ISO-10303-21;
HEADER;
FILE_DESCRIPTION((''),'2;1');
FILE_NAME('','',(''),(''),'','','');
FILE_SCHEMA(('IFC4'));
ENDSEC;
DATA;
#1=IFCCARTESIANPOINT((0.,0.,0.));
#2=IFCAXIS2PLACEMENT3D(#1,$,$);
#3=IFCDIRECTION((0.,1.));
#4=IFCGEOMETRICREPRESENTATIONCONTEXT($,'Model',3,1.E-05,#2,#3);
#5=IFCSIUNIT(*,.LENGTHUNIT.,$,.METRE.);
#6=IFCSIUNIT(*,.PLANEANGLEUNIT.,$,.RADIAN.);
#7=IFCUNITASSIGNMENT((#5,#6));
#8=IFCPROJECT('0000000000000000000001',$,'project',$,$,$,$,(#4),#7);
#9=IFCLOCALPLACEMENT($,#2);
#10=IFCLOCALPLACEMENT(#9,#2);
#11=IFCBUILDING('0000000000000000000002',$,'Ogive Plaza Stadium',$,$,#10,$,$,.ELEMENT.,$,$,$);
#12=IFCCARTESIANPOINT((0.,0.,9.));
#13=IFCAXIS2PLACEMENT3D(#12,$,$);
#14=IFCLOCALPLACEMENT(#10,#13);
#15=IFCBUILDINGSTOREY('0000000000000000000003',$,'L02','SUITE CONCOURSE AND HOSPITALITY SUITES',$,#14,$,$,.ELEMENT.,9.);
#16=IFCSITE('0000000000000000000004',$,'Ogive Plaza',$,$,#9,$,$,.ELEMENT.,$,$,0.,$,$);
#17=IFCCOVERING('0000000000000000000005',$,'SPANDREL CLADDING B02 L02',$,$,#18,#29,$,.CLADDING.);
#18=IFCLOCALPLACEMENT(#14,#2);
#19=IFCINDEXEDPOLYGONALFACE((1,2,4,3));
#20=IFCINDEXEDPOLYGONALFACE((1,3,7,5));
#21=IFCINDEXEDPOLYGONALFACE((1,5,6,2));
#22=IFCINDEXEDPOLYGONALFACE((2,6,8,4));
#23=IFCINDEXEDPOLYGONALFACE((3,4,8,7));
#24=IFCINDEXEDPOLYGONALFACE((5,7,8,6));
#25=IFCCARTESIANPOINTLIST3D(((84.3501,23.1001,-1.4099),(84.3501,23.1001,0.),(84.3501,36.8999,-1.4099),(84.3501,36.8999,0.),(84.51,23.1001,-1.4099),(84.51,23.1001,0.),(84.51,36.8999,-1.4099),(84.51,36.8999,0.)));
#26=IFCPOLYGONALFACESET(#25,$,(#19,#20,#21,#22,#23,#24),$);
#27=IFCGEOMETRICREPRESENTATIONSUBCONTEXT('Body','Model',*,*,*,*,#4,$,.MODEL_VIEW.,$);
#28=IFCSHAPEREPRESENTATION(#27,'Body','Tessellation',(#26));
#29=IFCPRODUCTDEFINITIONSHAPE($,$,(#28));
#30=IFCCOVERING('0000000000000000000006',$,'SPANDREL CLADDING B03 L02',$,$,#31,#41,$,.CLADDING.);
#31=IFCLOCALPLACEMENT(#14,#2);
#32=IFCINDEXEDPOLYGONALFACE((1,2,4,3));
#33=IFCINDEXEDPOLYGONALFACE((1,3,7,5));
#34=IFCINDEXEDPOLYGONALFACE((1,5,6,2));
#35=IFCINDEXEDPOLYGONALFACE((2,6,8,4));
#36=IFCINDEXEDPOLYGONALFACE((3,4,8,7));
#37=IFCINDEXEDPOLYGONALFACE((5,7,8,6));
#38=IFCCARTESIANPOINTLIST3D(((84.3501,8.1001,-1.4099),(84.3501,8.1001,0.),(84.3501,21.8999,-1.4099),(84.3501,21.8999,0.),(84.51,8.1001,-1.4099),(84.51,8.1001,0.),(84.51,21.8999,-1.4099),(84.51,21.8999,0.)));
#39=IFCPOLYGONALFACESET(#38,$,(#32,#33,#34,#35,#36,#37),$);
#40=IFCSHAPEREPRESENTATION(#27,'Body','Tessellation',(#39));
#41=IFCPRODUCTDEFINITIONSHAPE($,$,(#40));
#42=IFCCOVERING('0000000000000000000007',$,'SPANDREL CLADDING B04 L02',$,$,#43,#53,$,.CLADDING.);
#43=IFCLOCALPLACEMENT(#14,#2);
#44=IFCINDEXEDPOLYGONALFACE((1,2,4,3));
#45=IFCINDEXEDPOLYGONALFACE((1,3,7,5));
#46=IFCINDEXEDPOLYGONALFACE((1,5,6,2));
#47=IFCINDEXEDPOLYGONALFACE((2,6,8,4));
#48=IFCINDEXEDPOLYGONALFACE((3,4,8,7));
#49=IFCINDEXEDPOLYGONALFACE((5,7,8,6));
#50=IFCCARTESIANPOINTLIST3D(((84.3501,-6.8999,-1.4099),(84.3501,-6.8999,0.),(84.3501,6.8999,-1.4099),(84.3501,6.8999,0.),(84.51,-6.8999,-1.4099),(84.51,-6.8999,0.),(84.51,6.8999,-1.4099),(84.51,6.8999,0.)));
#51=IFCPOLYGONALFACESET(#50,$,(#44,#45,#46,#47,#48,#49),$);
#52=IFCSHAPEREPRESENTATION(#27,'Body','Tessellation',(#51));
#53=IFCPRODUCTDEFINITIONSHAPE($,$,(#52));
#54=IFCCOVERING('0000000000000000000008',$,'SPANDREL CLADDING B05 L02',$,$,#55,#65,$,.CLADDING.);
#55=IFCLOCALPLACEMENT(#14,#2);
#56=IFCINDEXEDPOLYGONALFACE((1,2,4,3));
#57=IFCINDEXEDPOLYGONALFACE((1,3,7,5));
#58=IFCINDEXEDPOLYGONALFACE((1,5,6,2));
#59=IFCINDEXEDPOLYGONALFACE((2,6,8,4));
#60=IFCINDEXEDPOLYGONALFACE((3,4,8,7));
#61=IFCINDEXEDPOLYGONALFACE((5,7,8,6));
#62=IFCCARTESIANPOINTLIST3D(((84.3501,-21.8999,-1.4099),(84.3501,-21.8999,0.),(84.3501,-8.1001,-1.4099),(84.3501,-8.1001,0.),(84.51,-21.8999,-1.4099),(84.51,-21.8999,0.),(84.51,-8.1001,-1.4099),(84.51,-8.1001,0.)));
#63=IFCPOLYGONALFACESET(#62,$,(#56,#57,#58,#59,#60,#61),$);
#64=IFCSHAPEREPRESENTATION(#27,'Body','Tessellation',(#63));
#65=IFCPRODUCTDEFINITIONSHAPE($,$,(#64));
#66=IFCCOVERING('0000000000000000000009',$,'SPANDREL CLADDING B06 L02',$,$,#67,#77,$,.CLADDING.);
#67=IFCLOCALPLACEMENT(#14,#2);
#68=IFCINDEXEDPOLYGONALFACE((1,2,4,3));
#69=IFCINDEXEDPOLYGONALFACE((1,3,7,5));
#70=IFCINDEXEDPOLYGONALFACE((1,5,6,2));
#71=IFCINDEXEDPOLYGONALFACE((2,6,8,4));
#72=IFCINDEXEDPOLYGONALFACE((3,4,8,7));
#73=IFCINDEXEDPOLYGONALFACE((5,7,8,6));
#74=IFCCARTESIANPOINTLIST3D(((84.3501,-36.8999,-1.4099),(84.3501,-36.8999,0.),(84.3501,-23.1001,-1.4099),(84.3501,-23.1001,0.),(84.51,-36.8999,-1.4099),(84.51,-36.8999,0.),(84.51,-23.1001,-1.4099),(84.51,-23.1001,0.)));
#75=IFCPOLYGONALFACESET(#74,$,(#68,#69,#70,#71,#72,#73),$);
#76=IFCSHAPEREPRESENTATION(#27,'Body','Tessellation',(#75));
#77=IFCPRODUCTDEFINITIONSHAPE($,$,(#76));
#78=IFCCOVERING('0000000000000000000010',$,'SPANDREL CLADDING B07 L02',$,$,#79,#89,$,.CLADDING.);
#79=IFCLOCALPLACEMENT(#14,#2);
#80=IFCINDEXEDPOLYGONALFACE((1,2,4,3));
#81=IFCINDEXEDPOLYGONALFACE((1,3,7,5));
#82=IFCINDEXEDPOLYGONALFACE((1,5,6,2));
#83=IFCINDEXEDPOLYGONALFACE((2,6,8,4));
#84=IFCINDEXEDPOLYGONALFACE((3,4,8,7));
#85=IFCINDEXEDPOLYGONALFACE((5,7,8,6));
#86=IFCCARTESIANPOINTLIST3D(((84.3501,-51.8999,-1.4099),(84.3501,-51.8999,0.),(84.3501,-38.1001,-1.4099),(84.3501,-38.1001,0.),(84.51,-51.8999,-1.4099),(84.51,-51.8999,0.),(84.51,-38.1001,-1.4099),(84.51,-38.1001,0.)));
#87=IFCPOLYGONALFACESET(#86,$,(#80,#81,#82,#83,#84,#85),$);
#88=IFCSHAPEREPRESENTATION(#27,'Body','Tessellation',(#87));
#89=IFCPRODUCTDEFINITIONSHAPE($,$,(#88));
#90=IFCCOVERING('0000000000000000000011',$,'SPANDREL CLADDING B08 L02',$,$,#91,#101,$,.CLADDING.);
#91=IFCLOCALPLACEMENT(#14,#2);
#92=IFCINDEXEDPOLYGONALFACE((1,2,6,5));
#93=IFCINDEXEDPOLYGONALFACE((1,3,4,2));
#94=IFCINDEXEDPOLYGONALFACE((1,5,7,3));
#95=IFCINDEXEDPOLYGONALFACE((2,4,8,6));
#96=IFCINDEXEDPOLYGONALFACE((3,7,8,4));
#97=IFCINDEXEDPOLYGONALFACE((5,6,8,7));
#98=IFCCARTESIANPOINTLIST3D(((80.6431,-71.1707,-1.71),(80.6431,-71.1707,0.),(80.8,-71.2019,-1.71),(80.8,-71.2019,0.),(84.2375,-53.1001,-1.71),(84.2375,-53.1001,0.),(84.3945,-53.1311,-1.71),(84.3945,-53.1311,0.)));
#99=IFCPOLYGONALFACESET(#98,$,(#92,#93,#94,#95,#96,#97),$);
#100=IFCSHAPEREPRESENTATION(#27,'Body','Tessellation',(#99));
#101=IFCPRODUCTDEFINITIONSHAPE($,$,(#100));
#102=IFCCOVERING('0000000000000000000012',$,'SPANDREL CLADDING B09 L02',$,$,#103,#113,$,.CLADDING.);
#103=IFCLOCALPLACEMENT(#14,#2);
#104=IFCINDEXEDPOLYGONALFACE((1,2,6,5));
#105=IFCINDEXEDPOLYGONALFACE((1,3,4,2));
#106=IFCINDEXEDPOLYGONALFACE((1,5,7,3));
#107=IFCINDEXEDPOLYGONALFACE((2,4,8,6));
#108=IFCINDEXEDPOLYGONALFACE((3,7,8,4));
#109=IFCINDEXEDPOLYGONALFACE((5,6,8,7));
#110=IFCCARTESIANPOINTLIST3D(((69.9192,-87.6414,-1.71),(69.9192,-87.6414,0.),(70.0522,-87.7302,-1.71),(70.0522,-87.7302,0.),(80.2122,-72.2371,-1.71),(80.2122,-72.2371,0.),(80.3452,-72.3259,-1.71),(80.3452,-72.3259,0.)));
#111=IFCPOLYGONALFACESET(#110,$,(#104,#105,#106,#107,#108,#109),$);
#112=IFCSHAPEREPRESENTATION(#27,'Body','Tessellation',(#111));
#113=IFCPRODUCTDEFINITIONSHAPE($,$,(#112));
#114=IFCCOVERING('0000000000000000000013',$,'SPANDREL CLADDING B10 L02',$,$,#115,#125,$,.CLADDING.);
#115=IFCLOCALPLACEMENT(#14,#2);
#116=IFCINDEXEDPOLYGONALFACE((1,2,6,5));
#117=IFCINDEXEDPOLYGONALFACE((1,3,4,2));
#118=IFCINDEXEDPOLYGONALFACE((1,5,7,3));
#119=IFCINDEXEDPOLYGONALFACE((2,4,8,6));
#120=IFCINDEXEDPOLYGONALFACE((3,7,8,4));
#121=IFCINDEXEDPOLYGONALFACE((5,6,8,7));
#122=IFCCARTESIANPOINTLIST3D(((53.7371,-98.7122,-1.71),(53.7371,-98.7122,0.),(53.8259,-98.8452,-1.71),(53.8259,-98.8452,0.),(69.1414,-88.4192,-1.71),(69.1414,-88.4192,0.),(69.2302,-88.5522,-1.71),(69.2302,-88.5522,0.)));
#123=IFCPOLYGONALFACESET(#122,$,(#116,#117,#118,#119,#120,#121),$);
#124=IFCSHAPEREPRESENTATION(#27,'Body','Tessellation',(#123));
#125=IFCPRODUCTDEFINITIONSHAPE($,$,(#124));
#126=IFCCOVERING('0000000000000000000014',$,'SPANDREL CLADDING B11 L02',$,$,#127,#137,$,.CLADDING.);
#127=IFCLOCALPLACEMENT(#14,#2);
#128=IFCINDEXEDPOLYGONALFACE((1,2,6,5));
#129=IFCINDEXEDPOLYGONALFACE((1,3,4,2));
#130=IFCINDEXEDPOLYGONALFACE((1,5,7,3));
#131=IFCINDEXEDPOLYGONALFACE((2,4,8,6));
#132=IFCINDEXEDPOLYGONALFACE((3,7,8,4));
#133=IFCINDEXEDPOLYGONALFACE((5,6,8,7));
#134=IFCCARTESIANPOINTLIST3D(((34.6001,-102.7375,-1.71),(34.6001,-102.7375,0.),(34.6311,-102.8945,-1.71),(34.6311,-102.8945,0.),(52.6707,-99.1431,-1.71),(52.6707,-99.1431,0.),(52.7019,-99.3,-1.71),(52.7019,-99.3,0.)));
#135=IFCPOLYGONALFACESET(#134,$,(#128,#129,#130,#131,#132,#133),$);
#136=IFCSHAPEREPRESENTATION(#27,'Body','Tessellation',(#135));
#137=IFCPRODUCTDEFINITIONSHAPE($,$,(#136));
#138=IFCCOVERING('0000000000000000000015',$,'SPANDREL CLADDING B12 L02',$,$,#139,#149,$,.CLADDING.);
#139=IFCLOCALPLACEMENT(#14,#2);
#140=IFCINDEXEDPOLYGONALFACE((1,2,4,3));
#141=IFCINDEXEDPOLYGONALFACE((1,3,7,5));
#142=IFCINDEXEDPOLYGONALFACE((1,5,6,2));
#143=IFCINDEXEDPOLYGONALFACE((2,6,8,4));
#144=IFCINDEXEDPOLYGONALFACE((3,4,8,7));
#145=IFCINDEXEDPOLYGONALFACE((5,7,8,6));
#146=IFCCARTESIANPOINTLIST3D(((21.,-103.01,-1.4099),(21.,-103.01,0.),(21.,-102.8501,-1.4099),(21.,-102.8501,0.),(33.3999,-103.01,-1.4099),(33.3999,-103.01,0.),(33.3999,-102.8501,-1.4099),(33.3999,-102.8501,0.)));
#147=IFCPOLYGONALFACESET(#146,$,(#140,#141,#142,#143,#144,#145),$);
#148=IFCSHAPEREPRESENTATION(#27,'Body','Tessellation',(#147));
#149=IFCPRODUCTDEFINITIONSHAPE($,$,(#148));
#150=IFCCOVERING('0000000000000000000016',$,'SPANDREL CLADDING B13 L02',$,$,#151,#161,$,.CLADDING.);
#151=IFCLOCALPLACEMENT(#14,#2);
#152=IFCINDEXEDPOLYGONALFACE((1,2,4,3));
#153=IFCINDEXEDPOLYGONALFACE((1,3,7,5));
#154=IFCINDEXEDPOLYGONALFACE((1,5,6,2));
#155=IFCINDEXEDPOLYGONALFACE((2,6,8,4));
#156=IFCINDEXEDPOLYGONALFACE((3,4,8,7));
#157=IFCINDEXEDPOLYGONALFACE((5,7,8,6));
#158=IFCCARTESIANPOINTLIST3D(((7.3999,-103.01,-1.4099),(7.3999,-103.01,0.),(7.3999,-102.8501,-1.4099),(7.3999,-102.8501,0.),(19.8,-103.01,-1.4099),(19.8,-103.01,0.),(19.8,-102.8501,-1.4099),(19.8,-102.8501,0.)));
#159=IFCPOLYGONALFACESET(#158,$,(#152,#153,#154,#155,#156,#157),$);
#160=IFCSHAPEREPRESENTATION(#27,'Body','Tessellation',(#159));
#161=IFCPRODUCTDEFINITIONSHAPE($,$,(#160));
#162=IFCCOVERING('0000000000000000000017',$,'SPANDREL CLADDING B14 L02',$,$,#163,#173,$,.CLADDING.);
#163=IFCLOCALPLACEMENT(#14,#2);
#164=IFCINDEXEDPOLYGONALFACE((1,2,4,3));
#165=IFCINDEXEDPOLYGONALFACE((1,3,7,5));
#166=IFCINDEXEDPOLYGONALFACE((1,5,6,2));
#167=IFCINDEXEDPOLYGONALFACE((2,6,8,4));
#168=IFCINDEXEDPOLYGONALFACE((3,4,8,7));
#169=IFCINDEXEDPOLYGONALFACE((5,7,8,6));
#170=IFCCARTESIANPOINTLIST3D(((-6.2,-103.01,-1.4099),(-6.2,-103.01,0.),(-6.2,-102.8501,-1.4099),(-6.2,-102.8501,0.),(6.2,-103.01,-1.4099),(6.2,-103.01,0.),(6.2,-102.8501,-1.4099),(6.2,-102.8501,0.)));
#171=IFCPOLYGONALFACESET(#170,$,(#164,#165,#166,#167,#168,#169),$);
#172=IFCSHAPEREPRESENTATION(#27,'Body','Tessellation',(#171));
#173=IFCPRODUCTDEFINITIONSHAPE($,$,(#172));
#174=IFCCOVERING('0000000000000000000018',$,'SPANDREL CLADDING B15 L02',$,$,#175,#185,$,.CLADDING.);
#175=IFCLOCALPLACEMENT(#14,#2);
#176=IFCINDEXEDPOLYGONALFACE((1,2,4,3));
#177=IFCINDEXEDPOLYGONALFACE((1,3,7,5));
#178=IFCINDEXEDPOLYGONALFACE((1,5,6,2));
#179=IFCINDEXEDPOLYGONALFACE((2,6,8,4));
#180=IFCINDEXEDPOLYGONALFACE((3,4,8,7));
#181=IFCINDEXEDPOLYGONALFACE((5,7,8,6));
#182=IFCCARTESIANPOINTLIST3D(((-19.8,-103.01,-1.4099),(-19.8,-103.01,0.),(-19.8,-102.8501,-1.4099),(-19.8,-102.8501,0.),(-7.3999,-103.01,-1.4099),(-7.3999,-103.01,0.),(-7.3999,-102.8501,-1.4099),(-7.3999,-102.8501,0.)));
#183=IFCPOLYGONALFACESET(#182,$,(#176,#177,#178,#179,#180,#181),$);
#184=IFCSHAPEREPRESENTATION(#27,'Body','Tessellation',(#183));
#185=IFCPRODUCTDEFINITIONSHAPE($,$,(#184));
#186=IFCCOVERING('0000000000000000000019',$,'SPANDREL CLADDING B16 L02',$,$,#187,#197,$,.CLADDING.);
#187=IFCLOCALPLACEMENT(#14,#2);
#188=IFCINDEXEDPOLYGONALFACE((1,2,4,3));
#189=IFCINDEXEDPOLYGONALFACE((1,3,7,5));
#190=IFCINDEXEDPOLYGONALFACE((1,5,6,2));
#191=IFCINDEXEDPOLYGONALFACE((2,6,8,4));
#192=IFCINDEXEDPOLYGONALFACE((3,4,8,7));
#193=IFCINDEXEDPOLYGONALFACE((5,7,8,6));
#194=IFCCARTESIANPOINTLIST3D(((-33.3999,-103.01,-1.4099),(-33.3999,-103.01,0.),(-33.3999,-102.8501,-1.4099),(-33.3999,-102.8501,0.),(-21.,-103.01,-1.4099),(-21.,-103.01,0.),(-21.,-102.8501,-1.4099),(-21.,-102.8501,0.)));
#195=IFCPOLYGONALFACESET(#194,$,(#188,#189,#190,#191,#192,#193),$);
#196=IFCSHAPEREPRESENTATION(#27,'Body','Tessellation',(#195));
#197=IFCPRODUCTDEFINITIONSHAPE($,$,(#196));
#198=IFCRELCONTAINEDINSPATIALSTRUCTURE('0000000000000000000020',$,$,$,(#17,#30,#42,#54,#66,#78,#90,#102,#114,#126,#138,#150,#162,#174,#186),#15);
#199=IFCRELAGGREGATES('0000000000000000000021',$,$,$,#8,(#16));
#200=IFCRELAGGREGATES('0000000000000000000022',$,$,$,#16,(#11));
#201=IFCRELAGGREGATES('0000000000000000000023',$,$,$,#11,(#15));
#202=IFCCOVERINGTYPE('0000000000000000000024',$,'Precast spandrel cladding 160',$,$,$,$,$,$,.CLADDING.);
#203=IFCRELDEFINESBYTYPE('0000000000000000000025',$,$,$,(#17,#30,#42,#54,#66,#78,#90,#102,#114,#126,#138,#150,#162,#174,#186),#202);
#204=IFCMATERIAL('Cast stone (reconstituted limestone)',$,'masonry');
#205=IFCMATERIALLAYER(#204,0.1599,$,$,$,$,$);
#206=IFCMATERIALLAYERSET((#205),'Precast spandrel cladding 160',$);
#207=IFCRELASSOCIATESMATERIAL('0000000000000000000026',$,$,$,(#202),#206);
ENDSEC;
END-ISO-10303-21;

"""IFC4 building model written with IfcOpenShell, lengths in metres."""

from ifc_helpers import new_model, si_unit, direction, frame, origin, place, context, subcontext, project, spatial, polyline, outline, extrude, material, layer, layer_set, type_object, element, save


model = new_model("IFC4")

# Units and contexts
model_context = context("Model", 3, precision=1e-05, world=origin(), true_north=direction((0.0, 1.0)))
body_context = subcontext(model_context, "Body", "Model", "MODEL_VIEW")
ifc_project = project(units=[si_unit("LENGTHUNIT", "METRE"), si_unit("PLANEANGLEUNIT", "RADIAN")], contexts=[model_context])

# Site, building, storey
site_placement = place(None, origin())
site = spatial("IfcSite", under=ifc_project, at=site_placement, Name="Ogive Plaza", CompositionType="ELEMENT", RefElevation=0.0)
building_placement = place(site_placement, origin())
building = spatial("IfcBuilding", under=site, at=building_placement, Name="Ogive Plaza Stadium", CompositionType="ELEMENT")
storey_placement = place(building_placement, frame((0.0, 0.0, 9.0)))
storey = spatial("IfcBuildingStorey", under=building, at=storey_placement, Name="L02", Description="SUITE CONCOURSE AND HOSPITALITY SUITES", CompositionType="ELEMENT", Elevation=9.0)

# Coverings
ifc_material_1 = material(Name="Cast stone (reconstituted limestone)", Category="masonry")
ifc_layer_1 = layer(ifc_material_1, 0.1599)
ifc_layer_set_1 = layer_set([ifc_layer_1], Name="Precast spandrel cladding 160")
covering_type = type_object("IfcCoveringType", Name="Precast spandrel cladding 160", PredefinedType="CLADDING", material=ifc_layer_set_1)
covering_1_placement = place(storey_placement, frame((0.0, 0.0, -1.4099)))
element("IfcCovering", 1, at=covering_1_placement, inside=storey, type_object=covering_type, Name="SPANDREL CLADDING B02 L02", PredefinedType="CLADDING", context=body_context, shape_type="SweptSolid", body=[
    extrude(outline(polyline([(84.3501, 36.8999), (84.3501, 23.1001), (84.51, 23.1001), (84.51, 36.8999), (84.3501, 36.8999)])), origin(), (0.0, 0.0, 1.0), 1.4099),
])
covering_2_placement = place(storey_placement, frame((0.0, 0.0, -1.4099)))
element("IfcCovering", 2, at=covering_2_placement, inside=storey, type_object=covering_type, Name="SPANDREL CLADDING B03 L02", PredefinedType="CLADDING", context=body_context, shape_type="SweptSolid", body=[
    extrude(outline(polyline([(84.3501, 21.8999), (84.3501, 8.1001), (84.51, 8.1001), (84.51, 21.8999), (84.3501, 21.8999)])), origin(), (0.0, 0.0, 1.0), 1.4099),
])
covering_3_placement = place(storey_placement, frame((0.0, 0.0, -1.4099)))
element("IfcCovering", 3, at=covering_3_placement, inside=storey, type_object=covering_type, Name="SPANDREL CLADDING B04 L02", PredefinedType="CLADDING", context=body_context, shape_type="SweptSolid", body=[
    extrude(outline(polyline([(84.3501, 6.8999), (84.3501, -6.8999), (84.51, -6.8999), (84.51, 6.8999), (84.3501, 6.8999)])), origin(), (0.0, 0.0, 1.0), 1.4099),
])
covering_4_placement = place(storey_placement, frame((0.0, 0.0, -1.4099)))
element("IfcCovering", 4, at=covering_4_placement, inside=storey, type_object=covering_type, Name="SPANDREL CLADDING B05 L02", PredefinedType="CLADDING", context=body_context, shape_type="SweptSolid", body=[
    extrude(outline(polyline([(84.3501, -8.1001), (84.3501, -21.8999), (84.51, -21.8999), (84.51, -8.1001), (84.3501, -8.1001)])), origin(), (0.0, 0.0, 1.0), 1.4099),
])
covering_5_placement = place(storey_placement, frame((0.0, 0.0, -1.4099)))
element("IfcCovering", 5, at=covering_5_placement, inside=storey, type_object=covering_type, Name="SPANDREL CLADDING B06 L02", PredefinedType="CLADDING", context=body_context, shape_type="SweptSolid", body=[
    extrude(outline(polyline([(84.3501, -23.1001), (84.3501, -36.8999), (84.51, -36.8999), (84.51, -23.1001), (84.3501, -23.1001)])), origin(), (0.0, 0.0, 1.0), 1.4099),
])
covering_6_placement = place(storey_placement, frame((0.0, 0.0, -1.4099)))
element("IfcCovering", 6, at=covering_6_placement, inside=storey, type_object=covering_type, Name="SPANDREL CLADDING B07 L02", PredefinedType="CLADDING", context=body_context, shape_type="SweptSolid", body=[
    extrude(outline(polyline([(84.3501, -38.1001), (84.3501, -51.8999), (84.51, -51.8999), (84.51, -38.1001), (84.3501, -38.1001)])), origin(), (0.0, 0.0, 1.0), 1.4099),
])
covering_7_placement = place(storey_placement, frame((0.0, 0.0, -1.71)))
element("IfcCovering", 7, at=covering_7_placement, inside=storey, type_object=covering_type, Name="SPANDREL CLADDING B08 L02", PredefinedType="CLADDING", context=body_context, shape_type="SweptSolid", body=[
    extrude(outline(polyline([(84.2375, -53.1001), (80.6431, -71.1707), (80.8, -71.2019), (84.3945, -53.1311), (84.2375, -53.1001)])), origin(), (0.0, 0.0, 1.0), 1.71),
])
covering_8_placement = place(storey_placement, frame((0.0, 0.0, -1.71)))
element("IfcCovering", 8, at=covering_8_placement, inside=storey, type_object=covering_type, Name="SPANDREL CLADDING B09 L02", PredefinedType="CLADDING", context=body_context, shape_type="SweptSolid", body=[
    extrude(outline(polyline([(80.2122, -72.2371), (69.9192, -87.6414), (70.0522, -87.7302), (80.3452, -72.3259), (80.2122, -72.2371)])), origin(), (0.0, 0.0, 1.0), 1.71),
])
covering_9_placement = place(storey_placement, frame((0.0, 0.0, -1.71)))
element("IfcCovering", 9, at=covering_9_placement, inside=storey, type_object=covering_type, Name="SPANDREL CLADDING B10 L02", PredefinedType="CLADDING", context=body_context, shape_type="SweptSolid", body=[
    extrude(outline(polyline([(69.1414, -88.4192), (53.7371, -98.7122), (53.8259, -98.8452), (69.2302, -88.5522), (69.1414, -88.4192)])), origin(), (0.0, 0.0, 1.0), 1.71),
])
covering_10_placement = place(storey_placement, frame((0.0, 0.0, -1.71)))
element("IfcCovering", 10, at=covering_10_placement, inside=storey, type_object=covering_type, Name="SPANDREL CLADDING B11 L02", PredefinedType="CLADDING", context=body_context, shape_type="SweptSolid", body=[
    extrude(outline(polyline([(52.6707, -99.1431), (34.6001, -102.7375), (34.6311, -102.8945), (52.7019, -99.3), (52.6707, -99.1431)])), origin(), (0.0, 0.0, 1.0), 1.71),
])
covering_11_placement = place(storey_placement, frame((0.0, 0.0, -1.4099)))
element("IfcCovering", 11, at=covering_11_placement, inside=storey, type_object=covering_type, Name="SPANDREL CLADDING B12 L02", PredefinedType="CLADDING", context=body_context, shape_type="SweptSolid", body=[
    extrude(outline(polyline([(33.3999, -102.8501), (21.0, -102.8501), (21.0, -103.01), (33.3999, -103.01), (33.3999, -102.8501)])), origin(), (0.0, 0.0, 1.0), 1.4099),
])
covering_12_placement = place(storey_placement, frame((0.0, 0.0, -1.4099)))
element("IfcCovering", 12, at=covering_12_placement, inside=storey, type_object=covering_type, Name="SPANDREL CLADDING B13 L02", PredefinedType="CLADDING", context=body_context, shape_type="SweptSolid", body=[
    extrude(outline(polyline([(19.8, -102.8501), (7.3999, -102.8501), (7.3999, -103.01), (19.8, -103.01), (19.8, -102.8501)])), origin(), (0.0, 0.0, 1.0), 1.4099),
])
covering_13_placement = place(storey_placement, frame((0.0, 0.0, -1.4099)))
element("IfcCovering", 13, at=covering_13_placement, inside=storey, type_object=covering_type, Name="SPANDREL CLADDING B14 L02", PredefinedType="CLADDING", context=body_context, shape_type="SweptSolid", body=[
    extrude(outline(polyline([(6.2, -102.8501), (-6.2, -102.8501), (-6.2, -103.01), (6.2, -103.01), (6.2, -102.8501)])), origin(), (0.0, 0.0, 1.0), 1.4099),
])
covering_14_placement = place(storey_placement, frame((0.0, 0.0, -1.4099)))
element("IfcCovering", 14, at=covering_14_placement, inside=storey, type_object=covering_type, Name="SPANDREL CLADDING B15 L02", PredefinedType="CLADDING", context=body_context, shape_type="SweptSolid", body=[
    extrude(outline(polyline([(-7.3999, -102.8501), (-19.8, -102.8501), (-19.8, -103.01), (-7.3999, -103.01), (-7.3999, -102.8501)])), origin(), (0.0, 0.0, 1.0), 1.4099),
])
covering_15_placement = place(storey_placement, frame((0.0, 0.0, -1.4099)))
element("IfcCovering", 15, at=covering_15_placement, inside=storey, type_object=covering_type, Name="SPANDREL CLADDING B16 L02", PredefinedType="CLADDING", context=body_context, shape_type="SweptSolid", body=[
    extrude(outline(polyline([(-21.0, -102.8501), (-33.3999, -102.8501), (-33.3999, -103.01), (-21.0, -103.01), (-21.0, -102.8501)])), origin(), (0.0, 0.0, 1.0), 1.4099),
])

save(model, "model.ifc")
